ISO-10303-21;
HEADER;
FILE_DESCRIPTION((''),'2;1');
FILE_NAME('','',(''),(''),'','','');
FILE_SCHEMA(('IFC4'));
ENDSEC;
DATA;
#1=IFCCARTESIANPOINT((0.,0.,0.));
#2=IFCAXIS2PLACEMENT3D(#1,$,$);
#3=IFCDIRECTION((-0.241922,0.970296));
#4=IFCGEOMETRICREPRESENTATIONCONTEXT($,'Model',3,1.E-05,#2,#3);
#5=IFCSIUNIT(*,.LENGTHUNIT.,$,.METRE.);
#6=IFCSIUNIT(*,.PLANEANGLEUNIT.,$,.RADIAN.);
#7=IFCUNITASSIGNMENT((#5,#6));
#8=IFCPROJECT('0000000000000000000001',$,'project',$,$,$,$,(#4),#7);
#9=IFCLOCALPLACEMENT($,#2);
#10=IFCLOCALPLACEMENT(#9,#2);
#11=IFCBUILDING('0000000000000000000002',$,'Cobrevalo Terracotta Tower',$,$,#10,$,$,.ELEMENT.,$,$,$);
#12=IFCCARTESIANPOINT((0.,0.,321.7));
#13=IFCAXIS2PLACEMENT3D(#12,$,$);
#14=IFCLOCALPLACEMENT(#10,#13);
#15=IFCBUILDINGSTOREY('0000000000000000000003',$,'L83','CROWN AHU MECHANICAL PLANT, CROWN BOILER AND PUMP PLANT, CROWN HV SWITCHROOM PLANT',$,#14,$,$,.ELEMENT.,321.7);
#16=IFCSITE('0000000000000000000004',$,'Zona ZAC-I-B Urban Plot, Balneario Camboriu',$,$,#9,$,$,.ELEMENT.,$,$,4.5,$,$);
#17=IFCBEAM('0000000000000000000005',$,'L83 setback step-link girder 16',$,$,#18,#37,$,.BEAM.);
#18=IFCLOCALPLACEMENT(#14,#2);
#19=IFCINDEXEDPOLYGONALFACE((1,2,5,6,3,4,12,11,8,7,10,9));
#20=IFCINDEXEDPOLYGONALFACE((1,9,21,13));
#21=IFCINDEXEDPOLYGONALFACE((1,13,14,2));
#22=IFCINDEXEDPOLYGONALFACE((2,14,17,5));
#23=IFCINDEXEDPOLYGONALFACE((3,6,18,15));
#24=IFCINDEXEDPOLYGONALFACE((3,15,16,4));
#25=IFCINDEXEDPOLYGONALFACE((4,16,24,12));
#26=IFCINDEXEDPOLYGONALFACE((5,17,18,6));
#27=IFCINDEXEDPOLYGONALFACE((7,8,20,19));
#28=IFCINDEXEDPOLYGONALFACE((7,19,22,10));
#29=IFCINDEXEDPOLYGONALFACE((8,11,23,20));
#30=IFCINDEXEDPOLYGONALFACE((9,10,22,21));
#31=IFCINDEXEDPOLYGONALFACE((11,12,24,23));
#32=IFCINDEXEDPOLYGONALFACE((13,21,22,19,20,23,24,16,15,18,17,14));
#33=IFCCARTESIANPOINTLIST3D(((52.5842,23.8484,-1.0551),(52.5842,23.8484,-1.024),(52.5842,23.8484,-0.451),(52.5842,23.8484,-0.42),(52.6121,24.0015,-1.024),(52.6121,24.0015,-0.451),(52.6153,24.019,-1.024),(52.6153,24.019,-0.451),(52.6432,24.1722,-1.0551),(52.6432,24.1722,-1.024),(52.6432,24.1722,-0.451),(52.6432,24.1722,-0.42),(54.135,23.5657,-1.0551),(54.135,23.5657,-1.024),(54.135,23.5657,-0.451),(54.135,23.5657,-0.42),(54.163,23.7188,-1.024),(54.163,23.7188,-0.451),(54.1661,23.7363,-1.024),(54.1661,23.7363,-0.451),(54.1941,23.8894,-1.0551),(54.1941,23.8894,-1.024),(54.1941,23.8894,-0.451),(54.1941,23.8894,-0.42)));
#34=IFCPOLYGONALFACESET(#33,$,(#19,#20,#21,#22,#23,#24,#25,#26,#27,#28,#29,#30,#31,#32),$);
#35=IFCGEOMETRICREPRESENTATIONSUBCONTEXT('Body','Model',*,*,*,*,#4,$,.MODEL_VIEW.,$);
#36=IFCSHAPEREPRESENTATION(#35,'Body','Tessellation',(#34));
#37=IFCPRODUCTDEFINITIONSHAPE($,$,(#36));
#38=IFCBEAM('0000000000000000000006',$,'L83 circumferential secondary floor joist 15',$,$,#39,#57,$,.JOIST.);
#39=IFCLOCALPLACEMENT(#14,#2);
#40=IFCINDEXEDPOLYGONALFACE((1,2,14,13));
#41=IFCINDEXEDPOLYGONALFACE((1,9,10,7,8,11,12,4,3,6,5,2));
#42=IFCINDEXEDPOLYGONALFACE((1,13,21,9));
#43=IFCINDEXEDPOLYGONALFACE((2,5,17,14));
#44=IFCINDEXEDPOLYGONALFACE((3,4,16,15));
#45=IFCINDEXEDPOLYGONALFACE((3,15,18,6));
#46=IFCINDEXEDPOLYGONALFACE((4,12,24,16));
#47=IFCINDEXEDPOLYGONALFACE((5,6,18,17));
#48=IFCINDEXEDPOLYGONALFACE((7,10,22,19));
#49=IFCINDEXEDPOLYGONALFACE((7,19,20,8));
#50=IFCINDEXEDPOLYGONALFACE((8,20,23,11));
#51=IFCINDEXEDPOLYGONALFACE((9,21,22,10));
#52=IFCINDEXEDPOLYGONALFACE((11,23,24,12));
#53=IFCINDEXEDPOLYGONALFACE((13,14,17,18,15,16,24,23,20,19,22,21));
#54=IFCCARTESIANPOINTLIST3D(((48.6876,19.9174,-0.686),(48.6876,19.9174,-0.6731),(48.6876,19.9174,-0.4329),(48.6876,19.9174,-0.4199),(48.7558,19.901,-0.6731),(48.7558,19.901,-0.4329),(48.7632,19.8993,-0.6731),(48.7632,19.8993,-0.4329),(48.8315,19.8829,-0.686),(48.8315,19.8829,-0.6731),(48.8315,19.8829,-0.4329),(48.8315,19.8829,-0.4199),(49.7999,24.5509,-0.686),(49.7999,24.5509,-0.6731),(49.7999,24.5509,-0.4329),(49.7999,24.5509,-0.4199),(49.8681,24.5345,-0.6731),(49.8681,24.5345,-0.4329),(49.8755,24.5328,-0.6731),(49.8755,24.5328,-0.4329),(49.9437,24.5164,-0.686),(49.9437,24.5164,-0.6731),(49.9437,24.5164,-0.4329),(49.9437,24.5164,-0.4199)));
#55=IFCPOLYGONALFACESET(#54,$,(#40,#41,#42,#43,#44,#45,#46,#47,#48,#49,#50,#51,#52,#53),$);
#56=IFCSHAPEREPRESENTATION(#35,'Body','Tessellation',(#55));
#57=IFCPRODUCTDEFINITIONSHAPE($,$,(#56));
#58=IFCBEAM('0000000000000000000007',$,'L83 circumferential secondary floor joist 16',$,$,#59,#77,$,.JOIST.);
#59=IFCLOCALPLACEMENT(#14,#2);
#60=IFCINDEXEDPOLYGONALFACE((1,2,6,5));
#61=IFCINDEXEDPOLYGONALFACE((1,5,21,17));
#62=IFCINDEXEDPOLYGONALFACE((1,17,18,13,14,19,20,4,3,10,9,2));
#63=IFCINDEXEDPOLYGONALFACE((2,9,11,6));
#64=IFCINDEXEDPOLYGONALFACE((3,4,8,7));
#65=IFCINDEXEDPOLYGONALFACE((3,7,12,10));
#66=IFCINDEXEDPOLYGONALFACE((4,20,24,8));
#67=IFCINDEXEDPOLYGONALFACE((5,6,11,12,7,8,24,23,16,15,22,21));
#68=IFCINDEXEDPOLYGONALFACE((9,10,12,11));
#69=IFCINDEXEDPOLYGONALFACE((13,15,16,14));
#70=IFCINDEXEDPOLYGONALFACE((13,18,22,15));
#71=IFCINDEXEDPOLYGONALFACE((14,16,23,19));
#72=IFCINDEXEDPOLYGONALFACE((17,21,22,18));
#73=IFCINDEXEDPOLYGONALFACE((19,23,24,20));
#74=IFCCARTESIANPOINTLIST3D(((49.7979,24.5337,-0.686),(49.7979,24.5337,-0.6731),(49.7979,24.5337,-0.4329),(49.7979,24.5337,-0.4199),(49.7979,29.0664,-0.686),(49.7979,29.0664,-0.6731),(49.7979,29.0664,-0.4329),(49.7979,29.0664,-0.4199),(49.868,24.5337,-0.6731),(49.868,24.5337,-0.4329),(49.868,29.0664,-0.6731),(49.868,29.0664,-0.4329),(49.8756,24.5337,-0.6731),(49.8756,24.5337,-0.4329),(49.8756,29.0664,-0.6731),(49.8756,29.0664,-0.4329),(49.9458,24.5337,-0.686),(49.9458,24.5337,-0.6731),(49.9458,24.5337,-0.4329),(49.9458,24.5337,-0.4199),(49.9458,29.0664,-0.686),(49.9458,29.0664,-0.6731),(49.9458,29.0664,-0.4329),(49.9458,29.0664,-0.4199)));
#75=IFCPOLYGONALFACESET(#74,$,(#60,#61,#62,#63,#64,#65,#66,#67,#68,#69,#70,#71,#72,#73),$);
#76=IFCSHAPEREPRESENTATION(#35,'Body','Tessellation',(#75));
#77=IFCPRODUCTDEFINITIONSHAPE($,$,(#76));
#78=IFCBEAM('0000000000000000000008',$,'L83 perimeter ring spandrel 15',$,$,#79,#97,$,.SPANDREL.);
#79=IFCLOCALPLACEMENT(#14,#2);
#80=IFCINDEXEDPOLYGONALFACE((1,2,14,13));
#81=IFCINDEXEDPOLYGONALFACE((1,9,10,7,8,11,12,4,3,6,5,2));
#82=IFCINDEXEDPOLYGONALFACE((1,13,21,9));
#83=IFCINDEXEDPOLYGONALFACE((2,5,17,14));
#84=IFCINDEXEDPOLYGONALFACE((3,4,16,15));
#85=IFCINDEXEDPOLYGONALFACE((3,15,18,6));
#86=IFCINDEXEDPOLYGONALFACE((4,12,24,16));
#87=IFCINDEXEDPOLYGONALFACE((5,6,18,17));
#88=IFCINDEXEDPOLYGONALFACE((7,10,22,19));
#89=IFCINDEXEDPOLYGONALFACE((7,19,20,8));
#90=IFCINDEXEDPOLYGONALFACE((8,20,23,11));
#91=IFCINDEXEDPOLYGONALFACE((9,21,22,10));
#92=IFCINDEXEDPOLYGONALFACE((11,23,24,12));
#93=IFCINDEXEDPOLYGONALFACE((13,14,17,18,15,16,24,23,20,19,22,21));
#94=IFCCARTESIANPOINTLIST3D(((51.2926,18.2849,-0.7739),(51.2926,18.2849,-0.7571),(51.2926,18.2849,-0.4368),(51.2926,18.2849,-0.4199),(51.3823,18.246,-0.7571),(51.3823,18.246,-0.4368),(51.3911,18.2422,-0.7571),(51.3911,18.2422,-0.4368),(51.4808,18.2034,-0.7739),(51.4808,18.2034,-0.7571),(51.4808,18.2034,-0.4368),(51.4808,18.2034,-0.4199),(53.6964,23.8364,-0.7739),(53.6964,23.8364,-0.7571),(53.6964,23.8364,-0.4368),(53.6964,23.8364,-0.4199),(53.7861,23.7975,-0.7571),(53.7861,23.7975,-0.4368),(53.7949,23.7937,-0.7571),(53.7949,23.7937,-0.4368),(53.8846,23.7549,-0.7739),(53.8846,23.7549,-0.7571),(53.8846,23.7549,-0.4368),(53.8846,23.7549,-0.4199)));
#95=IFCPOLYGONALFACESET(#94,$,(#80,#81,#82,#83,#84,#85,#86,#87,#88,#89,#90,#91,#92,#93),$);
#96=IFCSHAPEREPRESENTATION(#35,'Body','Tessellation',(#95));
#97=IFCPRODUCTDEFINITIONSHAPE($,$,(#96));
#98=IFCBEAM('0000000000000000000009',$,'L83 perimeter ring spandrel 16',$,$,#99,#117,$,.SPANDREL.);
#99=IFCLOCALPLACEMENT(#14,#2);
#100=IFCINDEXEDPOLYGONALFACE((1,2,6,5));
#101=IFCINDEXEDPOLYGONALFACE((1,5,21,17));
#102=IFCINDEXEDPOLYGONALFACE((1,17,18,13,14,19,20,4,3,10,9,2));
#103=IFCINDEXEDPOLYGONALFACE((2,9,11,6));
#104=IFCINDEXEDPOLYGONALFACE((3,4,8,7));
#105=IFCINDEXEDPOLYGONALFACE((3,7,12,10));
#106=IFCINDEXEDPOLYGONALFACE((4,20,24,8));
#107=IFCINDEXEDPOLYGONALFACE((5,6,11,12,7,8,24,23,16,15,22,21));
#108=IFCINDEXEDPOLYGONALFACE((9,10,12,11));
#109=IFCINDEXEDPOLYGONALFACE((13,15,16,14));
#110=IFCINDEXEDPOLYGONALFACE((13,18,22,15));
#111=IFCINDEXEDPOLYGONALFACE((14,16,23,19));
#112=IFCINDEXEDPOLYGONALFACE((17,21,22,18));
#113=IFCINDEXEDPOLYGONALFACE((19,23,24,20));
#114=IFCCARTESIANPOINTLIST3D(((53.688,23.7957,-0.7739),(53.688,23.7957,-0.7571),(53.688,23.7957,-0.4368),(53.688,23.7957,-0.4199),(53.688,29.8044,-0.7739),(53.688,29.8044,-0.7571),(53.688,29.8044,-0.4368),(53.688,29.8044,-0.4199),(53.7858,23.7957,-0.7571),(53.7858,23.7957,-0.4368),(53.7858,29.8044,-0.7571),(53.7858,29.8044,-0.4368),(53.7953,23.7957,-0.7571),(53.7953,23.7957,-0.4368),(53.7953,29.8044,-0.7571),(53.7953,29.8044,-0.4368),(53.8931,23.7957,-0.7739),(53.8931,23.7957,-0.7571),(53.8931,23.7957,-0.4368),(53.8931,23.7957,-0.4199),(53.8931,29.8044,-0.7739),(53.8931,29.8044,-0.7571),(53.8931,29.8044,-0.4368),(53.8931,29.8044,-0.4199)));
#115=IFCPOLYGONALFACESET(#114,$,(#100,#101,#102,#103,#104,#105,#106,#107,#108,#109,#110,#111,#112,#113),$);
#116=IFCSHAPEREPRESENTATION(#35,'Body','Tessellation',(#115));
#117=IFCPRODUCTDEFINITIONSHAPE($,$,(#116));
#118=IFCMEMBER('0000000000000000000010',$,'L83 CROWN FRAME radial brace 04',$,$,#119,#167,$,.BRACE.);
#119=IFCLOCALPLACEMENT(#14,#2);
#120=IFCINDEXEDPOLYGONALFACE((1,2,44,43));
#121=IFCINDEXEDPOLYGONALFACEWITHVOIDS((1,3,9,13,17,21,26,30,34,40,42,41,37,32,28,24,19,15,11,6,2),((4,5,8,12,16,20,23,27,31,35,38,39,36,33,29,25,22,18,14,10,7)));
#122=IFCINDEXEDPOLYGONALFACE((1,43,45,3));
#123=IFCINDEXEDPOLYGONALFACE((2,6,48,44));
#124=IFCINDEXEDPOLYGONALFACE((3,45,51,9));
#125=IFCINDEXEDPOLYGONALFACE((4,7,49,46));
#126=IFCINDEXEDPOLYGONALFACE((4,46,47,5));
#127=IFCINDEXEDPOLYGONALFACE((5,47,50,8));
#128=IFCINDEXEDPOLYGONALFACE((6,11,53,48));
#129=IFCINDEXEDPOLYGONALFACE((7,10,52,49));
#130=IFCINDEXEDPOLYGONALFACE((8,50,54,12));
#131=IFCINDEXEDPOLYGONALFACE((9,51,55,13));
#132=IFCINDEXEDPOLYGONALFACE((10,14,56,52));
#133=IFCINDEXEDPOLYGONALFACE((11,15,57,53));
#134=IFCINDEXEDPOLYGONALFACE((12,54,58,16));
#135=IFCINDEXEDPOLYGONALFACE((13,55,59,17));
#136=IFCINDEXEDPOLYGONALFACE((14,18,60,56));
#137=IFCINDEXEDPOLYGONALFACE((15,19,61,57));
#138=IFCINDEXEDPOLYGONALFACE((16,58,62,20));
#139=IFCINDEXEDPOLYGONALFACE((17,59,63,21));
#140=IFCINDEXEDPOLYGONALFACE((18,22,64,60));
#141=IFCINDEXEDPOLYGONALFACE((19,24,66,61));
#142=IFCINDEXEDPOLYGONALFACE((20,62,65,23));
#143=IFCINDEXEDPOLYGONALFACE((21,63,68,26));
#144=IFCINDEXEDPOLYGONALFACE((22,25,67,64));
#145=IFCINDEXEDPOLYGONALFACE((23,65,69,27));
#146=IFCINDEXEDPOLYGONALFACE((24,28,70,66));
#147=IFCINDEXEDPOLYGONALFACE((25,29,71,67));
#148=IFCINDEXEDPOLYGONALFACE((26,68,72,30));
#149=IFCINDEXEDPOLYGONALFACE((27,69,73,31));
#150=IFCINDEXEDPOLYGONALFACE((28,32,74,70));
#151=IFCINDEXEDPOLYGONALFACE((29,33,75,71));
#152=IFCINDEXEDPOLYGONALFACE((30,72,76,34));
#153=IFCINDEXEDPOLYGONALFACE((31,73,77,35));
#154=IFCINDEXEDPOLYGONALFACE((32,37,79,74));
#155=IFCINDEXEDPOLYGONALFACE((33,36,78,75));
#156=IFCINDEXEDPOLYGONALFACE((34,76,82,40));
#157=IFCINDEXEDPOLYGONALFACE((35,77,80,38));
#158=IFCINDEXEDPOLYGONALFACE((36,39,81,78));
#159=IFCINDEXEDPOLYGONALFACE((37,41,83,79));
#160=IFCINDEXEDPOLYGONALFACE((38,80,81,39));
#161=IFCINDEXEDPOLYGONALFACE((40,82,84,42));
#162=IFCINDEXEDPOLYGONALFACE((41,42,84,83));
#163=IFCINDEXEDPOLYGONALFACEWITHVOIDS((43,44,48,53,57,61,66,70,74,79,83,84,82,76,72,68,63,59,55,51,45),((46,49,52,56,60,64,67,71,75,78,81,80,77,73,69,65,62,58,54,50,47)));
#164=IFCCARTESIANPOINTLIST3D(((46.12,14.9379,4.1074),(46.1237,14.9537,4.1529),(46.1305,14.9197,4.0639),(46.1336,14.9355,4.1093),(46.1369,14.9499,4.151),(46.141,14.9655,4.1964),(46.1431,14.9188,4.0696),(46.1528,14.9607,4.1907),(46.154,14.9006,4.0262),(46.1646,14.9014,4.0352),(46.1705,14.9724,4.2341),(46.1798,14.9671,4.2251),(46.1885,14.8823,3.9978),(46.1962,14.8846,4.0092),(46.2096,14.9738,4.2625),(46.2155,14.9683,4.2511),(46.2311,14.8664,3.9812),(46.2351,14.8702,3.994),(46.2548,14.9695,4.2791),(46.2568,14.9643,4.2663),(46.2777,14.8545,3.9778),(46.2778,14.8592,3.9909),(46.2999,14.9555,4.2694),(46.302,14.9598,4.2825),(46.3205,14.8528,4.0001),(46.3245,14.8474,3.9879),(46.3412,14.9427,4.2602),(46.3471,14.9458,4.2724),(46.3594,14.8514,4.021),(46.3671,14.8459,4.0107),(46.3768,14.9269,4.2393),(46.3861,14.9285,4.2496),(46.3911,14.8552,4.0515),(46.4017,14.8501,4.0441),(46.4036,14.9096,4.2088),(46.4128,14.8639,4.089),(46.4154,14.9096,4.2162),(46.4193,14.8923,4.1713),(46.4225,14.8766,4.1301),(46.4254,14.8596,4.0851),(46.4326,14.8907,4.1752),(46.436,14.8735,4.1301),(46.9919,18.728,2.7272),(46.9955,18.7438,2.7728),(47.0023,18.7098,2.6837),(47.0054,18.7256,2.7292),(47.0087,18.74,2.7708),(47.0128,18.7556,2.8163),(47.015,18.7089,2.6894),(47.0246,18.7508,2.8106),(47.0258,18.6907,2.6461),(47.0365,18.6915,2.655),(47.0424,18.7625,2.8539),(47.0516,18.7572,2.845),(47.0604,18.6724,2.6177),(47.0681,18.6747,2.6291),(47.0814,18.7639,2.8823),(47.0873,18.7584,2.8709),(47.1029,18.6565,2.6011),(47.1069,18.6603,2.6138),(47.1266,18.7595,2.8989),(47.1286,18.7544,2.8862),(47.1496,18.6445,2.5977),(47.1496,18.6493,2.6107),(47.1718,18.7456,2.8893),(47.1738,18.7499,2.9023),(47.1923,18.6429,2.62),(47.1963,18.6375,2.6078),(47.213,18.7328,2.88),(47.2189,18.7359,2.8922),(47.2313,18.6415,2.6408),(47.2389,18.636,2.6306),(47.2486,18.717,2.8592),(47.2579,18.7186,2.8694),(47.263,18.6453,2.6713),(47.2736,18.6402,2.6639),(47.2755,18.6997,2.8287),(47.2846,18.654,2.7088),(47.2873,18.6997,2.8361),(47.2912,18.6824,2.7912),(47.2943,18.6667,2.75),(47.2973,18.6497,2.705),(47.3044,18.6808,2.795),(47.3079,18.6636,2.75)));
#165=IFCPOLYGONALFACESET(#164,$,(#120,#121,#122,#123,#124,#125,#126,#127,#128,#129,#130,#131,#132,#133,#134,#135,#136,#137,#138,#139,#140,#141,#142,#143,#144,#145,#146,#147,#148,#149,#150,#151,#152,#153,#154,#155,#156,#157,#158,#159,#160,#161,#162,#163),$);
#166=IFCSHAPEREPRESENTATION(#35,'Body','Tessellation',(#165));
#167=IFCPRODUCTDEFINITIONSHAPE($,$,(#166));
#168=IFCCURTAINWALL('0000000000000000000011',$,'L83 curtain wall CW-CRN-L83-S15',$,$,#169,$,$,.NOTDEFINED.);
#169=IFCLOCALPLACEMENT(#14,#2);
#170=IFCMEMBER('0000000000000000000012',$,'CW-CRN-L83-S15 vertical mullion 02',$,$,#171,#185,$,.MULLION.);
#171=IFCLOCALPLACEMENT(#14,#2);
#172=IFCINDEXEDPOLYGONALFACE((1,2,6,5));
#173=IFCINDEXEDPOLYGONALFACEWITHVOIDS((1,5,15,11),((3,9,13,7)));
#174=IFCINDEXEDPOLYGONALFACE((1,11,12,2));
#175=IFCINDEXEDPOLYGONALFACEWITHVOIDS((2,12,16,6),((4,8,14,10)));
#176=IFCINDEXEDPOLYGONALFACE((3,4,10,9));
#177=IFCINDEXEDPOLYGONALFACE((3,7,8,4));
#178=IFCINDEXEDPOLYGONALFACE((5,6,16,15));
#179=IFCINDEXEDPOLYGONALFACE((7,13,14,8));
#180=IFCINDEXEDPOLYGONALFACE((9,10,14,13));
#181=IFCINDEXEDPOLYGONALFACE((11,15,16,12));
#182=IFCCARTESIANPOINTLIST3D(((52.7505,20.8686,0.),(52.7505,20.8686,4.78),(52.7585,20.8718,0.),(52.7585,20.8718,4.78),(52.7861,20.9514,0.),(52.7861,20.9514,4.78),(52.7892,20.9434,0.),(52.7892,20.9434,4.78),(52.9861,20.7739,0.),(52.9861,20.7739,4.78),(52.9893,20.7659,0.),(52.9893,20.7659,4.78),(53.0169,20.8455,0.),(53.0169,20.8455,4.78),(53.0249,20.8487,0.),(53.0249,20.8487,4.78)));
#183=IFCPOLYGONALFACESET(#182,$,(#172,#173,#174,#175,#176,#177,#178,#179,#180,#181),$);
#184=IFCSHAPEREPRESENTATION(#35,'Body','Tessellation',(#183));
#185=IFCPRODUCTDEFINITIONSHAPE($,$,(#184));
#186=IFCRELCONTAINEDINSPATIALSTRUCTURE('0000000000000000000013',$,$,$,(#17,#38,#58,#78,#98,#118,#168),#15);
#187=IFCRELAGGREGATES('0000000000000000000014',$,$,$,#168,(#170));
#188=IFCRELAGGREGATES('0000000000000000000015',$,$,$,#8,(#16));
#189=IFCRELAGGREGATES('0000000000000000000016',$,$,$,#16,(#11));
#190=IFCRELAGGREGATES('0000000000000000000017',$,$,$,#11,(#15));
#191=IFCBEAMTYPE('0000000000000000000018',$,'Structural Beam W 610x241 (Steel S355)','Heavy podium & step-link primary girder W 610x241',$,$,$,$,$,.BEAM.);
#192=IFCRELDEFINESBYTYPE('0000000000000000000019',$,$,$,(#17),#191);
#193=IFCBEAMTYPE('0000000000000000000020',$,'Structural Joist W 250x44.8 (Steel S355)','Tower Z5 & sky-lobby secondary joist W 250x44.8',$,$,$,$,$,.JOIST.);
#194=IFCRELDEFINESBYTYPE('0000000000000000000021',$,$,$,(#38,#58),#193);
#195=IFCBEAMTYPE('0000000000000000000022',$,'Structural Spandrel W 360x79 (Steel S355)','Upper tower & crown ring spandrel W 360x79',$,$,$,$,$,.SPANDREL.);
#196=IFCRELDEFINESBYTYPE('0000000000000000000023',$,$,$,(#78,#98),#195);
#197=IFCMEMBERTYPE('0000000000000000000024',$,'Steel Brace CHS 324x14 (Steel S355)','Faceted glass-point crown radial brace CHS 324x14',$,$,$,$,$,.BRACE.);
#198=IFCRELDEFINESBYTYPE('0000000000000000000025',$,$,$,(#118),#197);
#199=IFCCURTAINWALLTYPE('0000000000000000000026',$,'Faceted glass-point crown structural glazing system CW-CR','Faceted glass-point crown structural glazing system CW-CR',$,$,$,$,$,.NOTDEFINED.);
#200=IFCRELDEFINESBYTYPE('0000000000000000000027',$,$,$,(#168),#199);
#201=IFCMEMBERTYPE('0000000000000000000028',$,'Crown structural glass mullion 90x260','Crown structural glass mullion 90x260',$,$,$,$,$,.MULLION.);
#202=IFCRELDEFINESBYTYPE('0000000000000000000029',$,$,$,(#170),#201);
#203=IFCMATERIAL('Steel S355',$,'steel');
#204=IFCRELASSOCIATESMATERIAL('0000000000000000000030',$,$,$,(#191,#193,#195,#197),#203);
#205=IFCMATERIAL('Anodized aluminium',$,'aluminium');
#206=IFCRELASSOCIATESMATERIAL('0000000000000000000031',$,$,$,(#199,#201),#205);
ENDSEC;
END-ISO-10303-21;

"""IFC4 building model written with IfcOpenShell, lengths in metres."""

from ifc_helpers import new_model, si_unit, direction, frame, origin, origin_2d, place, context, subcontext, project, spatial, hollow_rectangle, hollow_circle, i_section, extrude, source, transform, mapped, material, material_profile, profile_set, type_object, element, aggregate, save


model = new_model("IFC4")

# Units and contexts
model_context = context("Model", 3, precision=1e-05, world=origin(), true_north=direction((-0.241922, 0.970296)))
body_context = subcontext(model_context, "Body", "Model", "MODEL_VIEW")
ifc_project = project(units=[si_unit("LENGTHUNIT", "METRE"), si_unit("PLANEANGLEUNIT", "RADIAN")], contexts=[model_context])

# Site, building, storey
site_placement = place(None, origin())
site = spatial("IfcSite", under=ifc_project, at=site_placement, Name="Zona ZAC-I-B Urban Plot, Balneario Camboriu", CompositionType="ELEMENT", RefElevation=4.5)
building_placement = place(site_placement, origin())
building = spatial("IfcBuilding", under=site, at=building_placement, Name="Cobrevalo Terracotta Tower", CompositionType="ELEMENT")
storey_placement = place(building_placement, frame((0.0, 0.0, 321.7)))
storey = spatial("IfcBuildingStorey", under=building, at=storey_placement, Name="L83", Description="CROWN AHU MECHANICAL PLANT, CROWN BOILER AND PUMP PLANT, CROWN HV SWITCHROOM PLANT", CompositionType="ELEMENT", Elevation=321.7)

# Shared definitions
ifc_material_1 = material(Name="Steel S355", Category="steel")

# Beams
ifc_material_profile_1 = material_profile(ifc_material_1, i_section(OverallWidth=0.3291, OverallDepth=0.635, WebThickness=0.0178, FlangeThickness=0.031, at=origin_2d()), Name="W 610x241")
ifc_profile_set_1 = profile_set([ifc_material_profile_1], Name="Steel S355")
beam_type_1 = type_object("IfcBeamType", Name="Structural Beam W 610x241 (Steel S355)", Description="Heavy podium & step-link primary girder W 610x241", PredefinedType="BEAM", material=ifc_profile_set_1)
beam_1_placement = place(storey_placement, frame((54.1646, 23.7275, -0.7375), z_axis=(-0.983786, 0.179349, 0.0), x_axis=(-0.179349, -0.983786, 0.0)))
element("IfcBeam", 1, at=beam_1_placement, inside=storey, type_object=beam_type_1, Name="L83 setback step-link girder 16", PredefinedType="BEAM", context=body_context, shape_type="SweptSolid", body=[
    extrude(i_section(OverallWidth=0.3291, OverallDepth=0.635, WebThickness=0.0178, FlangeThickness=0.031, at=origin_2d()), origin(), (0.0, 0.0, 1.0), 1.5764),
])
ifc_material_profile_2 = material_profile(ifc_material_1, i_section(OverallWidth=0.1479, OverallDepth=0.2661, WebThickness=0.0076, FlangeThickness=0.0129, at=origin_2d()), Name="W 250x44.8")
ifc_profile_set_2 = profile_set([ifc_material_profile_2], Name="Steel S355")
beam_type_2 = type_object("IfcBeamType", Name="Structural Joist W 250x44.8 (Steel S355)", Description="Tower Z5 & sky-lobby secondary joist W 250x44.8", PredefinedType="JOIST", material=ifc_profile_set_2)
beam_2_placement = place(storey_placement, frame((48.7595, 19.9001, -0.553), z_axis=(0.233423, 0.972375, 0.0), x_axis=(-0.972375, 0.233423, 0.0)))
element("IfcBeam", 2, at=beam_2_placement, inside=storey, type_object=beam_type_2, Name="L83 circumferential secondary floor joist 15", PredefinedType="JOIST", context=body_context, shape_type="SweptSolid", body=[
    extrude(i_section(OverallWidth=0.1479, OverallDepth=0.2661, WebThickness=0.0076, FlangeThickness=0.0129, at=origin_2d()), origin(), (0.0, 0.0, 1.0), 4.7651),
])
beam_3_placement = place(storey_placement, frame((49.8718, 24.5337, -0.553), z_axis=(0.0, 1.0, 0.0), x_axis=(-1.0, 0.0, 0.0)))
element("IfcBeam", 3, at=beam_3_placement, inside=storey, type_object=beam_type_2, Name="L83 circumferential secondary floor joist 16", PredefinedType="JOIST", context=body_context, shape_type="SweptSolid", body=[
    extrude(i_section(OverallWidth=0.1479, OverallDepth=0.2661, WebThickness=0.0076, FlangeThickness=0.0129, at=origin_2d()), origin(), (0.0, 0.0, 1.0), 4.5327),
])
ifc_material_profile_3 = material_profile(ifc_material_1, i_section(OverallWidth=0.2051, OverallDepth=0.354, WebThickness=0.0095, FlangeThickness=0.0168, at=origin_2d()), Name="W 360x79")
ifc_profile_set_3 = profile_set([ifc_material_profile_3], Name="Steel S355")
beam_type_3 = type_object("IfcBeamType", Name="Structural Spandrel W 360x79 (Steel S355)", Description="Upper tower & crown ring spandrel W 360x79", PredefinedType="SPANDREL", material=ifc_profile_set_3)
beam_4_placement = place(storey_placement, frame((51.3867, 18.2441, -0.5969), z_axis=(0.39735, 0.917667, 0.0), x_axis=(-0.917667, 0.39735, 0.0)))
element("IfcBeam", 4, at=beam_4_placement, inside=storey, type_object=beam_type_3, Name="L83 perimeter ring spandrel 15", PredefinedType="SPANDREL", context=body_context, shape_type="SweptSolid", body=[
    extrude(i_section(OverallWidth=0.2051, OverallDepth=0.354, WebThickness=0.0095, FlangeThickness=0.0168, at=origin_2d()), origin(), (0.0, 0.0, 1.0), 6.0496),
])
beam_5_placement = place(storey_placement, frame((53.7905, 23.7957, -0.5969), z_axis=(0.0, 1.0, 0.0), x_axis=(-1.0, 0.0, 0.0)))
element("IfcBeam", 5, at=beam_5_placement, inside=storey, type_object=beam_type_3, Name="L83 perimeter ring spandrel 16", PredefinedType="SPANDREL", context=body_context, shape_type="SweptSolid", body=[
    extrude(i_section(OverallWidth=0.2051, OverallDepth=0.354, WebThickness=0.0095, FlangeThickness=0.0168, at=origin_2d()), origin(), (0.0, 0.0, 1.0), 6.0088),
])

# Member
ifc_material_profile_4 = material_profile(ifc_material_1, hollow_circle(Radius=0.1621, WallThickness=0.0139, at=origin_2d()), Name="CHS 324x14")
ifc_profile_set_4 = profile_set([ifc_material_profile_4], Name="Steel S355")
member_type_1 = type_object("IfcMemberType", Name="Steel Brace CHS 324x14 (Steel S355)", Description="Faceted glass-point crown radial brace CHS 324x14", PredefinedType="BRACE", material=ifc_profile_set_4)
shared_shape_1 = source(origin(), body_context, "Body", "SweptSolid", [
    extrude(hollow_circle(Radius=0.1621, WallThickness=0.0139, at=origin_2d()), origin(), (0.0, 0.0, 1.0), 4.1267),
])
member_1_placement = place(storey_placement, frame((47.1499, 18.7, 2.75), z_axis=(-0.211267, -0.91843, 0.334443), x_axis=(0.974549, -0.224176, 0.0)))
element("IfcMember", 6, at=member_1_placement, inside=storey, type_object=member_type_1, Name="L83 CROWN FRAME radial brace 04", PredefinedType="BRACE", context=body_context, shape_type="MappedRepresentation", body=[
    mapped(shared_shape_1, transform((0.0, 0.0, 0.0), scale=1.0)),
])

# Curtain wall, member
ifc_material_2 = material(Name="Anodized aluminium", Category="aluminium")
curtain_wall_type = type_object("IfcCurtainWallType", Name="Faceted glass-point crown structural glazing system CW-CR", Description="Faceted glass-point crown structural glazing system CW-CR", PredefinedType="NOTDEFINED", material=ifc_material_2)
curtain_wall_1_placement = place(storey_placement, origin())
curtain_wall_1 = element("IfcCurtainWall", 7, at=curtain_wall_1_placement, inside=storey, type_object=curtain_wall_type, Name="L83 curtain wall CW-CRN-L83-S15", PredefinedType="NOTDEFINED")
ifc_material_profile_5 = material_profile(ifc_material_2, hollow_rectangle(XDim=0.0901, YDim=0.26, WallThickness=0.0061, at=origin_2d()), Name="CWM 90x260")
ifc_profile_set_5 = profile_set([ifc_material_profile_5], Name="Anodized aluminium")
member_type_2 = type_object("IfcMemberType", Name="Crown structural glass mullion 90x260", Description="Crown structural glass mullion 90x260", PredefinedType="MULLION", material=ifc_profile_set_5)
shared_shape_2 = source(origin(), body_context, "Body", "SweptSolid", [
    extrude(hollow_rectangle(XDim=0.0901, YDim=0.26, WallThickness=0.0061, at=origin_2d()), origin(), (0.0, 0.0, 1.0), 4.78),
])
member_2_placement = place(storey_placement, frame((52.8877, 20.8586, 0.0), z_axis=(0.0, 0.0, 1.0), x_axis=(0.394968, 0.918695, 0.0)))
member_2 = element("IfcMember", 8, at=member_2_placement, type_object=member_type_2, Name="CW-CRN-L83-S15 vertical mullion 02", PredefinedType="MULLION", context=body_context, shape_type="MappedRepresentation", body=[
    mapped(shared_shape_2, transform((0.0, 0.0, 0.0), scale=1.0)),
])

aggregate(curtain_wall_1, [member_2])

save(model, "model.ifc")
